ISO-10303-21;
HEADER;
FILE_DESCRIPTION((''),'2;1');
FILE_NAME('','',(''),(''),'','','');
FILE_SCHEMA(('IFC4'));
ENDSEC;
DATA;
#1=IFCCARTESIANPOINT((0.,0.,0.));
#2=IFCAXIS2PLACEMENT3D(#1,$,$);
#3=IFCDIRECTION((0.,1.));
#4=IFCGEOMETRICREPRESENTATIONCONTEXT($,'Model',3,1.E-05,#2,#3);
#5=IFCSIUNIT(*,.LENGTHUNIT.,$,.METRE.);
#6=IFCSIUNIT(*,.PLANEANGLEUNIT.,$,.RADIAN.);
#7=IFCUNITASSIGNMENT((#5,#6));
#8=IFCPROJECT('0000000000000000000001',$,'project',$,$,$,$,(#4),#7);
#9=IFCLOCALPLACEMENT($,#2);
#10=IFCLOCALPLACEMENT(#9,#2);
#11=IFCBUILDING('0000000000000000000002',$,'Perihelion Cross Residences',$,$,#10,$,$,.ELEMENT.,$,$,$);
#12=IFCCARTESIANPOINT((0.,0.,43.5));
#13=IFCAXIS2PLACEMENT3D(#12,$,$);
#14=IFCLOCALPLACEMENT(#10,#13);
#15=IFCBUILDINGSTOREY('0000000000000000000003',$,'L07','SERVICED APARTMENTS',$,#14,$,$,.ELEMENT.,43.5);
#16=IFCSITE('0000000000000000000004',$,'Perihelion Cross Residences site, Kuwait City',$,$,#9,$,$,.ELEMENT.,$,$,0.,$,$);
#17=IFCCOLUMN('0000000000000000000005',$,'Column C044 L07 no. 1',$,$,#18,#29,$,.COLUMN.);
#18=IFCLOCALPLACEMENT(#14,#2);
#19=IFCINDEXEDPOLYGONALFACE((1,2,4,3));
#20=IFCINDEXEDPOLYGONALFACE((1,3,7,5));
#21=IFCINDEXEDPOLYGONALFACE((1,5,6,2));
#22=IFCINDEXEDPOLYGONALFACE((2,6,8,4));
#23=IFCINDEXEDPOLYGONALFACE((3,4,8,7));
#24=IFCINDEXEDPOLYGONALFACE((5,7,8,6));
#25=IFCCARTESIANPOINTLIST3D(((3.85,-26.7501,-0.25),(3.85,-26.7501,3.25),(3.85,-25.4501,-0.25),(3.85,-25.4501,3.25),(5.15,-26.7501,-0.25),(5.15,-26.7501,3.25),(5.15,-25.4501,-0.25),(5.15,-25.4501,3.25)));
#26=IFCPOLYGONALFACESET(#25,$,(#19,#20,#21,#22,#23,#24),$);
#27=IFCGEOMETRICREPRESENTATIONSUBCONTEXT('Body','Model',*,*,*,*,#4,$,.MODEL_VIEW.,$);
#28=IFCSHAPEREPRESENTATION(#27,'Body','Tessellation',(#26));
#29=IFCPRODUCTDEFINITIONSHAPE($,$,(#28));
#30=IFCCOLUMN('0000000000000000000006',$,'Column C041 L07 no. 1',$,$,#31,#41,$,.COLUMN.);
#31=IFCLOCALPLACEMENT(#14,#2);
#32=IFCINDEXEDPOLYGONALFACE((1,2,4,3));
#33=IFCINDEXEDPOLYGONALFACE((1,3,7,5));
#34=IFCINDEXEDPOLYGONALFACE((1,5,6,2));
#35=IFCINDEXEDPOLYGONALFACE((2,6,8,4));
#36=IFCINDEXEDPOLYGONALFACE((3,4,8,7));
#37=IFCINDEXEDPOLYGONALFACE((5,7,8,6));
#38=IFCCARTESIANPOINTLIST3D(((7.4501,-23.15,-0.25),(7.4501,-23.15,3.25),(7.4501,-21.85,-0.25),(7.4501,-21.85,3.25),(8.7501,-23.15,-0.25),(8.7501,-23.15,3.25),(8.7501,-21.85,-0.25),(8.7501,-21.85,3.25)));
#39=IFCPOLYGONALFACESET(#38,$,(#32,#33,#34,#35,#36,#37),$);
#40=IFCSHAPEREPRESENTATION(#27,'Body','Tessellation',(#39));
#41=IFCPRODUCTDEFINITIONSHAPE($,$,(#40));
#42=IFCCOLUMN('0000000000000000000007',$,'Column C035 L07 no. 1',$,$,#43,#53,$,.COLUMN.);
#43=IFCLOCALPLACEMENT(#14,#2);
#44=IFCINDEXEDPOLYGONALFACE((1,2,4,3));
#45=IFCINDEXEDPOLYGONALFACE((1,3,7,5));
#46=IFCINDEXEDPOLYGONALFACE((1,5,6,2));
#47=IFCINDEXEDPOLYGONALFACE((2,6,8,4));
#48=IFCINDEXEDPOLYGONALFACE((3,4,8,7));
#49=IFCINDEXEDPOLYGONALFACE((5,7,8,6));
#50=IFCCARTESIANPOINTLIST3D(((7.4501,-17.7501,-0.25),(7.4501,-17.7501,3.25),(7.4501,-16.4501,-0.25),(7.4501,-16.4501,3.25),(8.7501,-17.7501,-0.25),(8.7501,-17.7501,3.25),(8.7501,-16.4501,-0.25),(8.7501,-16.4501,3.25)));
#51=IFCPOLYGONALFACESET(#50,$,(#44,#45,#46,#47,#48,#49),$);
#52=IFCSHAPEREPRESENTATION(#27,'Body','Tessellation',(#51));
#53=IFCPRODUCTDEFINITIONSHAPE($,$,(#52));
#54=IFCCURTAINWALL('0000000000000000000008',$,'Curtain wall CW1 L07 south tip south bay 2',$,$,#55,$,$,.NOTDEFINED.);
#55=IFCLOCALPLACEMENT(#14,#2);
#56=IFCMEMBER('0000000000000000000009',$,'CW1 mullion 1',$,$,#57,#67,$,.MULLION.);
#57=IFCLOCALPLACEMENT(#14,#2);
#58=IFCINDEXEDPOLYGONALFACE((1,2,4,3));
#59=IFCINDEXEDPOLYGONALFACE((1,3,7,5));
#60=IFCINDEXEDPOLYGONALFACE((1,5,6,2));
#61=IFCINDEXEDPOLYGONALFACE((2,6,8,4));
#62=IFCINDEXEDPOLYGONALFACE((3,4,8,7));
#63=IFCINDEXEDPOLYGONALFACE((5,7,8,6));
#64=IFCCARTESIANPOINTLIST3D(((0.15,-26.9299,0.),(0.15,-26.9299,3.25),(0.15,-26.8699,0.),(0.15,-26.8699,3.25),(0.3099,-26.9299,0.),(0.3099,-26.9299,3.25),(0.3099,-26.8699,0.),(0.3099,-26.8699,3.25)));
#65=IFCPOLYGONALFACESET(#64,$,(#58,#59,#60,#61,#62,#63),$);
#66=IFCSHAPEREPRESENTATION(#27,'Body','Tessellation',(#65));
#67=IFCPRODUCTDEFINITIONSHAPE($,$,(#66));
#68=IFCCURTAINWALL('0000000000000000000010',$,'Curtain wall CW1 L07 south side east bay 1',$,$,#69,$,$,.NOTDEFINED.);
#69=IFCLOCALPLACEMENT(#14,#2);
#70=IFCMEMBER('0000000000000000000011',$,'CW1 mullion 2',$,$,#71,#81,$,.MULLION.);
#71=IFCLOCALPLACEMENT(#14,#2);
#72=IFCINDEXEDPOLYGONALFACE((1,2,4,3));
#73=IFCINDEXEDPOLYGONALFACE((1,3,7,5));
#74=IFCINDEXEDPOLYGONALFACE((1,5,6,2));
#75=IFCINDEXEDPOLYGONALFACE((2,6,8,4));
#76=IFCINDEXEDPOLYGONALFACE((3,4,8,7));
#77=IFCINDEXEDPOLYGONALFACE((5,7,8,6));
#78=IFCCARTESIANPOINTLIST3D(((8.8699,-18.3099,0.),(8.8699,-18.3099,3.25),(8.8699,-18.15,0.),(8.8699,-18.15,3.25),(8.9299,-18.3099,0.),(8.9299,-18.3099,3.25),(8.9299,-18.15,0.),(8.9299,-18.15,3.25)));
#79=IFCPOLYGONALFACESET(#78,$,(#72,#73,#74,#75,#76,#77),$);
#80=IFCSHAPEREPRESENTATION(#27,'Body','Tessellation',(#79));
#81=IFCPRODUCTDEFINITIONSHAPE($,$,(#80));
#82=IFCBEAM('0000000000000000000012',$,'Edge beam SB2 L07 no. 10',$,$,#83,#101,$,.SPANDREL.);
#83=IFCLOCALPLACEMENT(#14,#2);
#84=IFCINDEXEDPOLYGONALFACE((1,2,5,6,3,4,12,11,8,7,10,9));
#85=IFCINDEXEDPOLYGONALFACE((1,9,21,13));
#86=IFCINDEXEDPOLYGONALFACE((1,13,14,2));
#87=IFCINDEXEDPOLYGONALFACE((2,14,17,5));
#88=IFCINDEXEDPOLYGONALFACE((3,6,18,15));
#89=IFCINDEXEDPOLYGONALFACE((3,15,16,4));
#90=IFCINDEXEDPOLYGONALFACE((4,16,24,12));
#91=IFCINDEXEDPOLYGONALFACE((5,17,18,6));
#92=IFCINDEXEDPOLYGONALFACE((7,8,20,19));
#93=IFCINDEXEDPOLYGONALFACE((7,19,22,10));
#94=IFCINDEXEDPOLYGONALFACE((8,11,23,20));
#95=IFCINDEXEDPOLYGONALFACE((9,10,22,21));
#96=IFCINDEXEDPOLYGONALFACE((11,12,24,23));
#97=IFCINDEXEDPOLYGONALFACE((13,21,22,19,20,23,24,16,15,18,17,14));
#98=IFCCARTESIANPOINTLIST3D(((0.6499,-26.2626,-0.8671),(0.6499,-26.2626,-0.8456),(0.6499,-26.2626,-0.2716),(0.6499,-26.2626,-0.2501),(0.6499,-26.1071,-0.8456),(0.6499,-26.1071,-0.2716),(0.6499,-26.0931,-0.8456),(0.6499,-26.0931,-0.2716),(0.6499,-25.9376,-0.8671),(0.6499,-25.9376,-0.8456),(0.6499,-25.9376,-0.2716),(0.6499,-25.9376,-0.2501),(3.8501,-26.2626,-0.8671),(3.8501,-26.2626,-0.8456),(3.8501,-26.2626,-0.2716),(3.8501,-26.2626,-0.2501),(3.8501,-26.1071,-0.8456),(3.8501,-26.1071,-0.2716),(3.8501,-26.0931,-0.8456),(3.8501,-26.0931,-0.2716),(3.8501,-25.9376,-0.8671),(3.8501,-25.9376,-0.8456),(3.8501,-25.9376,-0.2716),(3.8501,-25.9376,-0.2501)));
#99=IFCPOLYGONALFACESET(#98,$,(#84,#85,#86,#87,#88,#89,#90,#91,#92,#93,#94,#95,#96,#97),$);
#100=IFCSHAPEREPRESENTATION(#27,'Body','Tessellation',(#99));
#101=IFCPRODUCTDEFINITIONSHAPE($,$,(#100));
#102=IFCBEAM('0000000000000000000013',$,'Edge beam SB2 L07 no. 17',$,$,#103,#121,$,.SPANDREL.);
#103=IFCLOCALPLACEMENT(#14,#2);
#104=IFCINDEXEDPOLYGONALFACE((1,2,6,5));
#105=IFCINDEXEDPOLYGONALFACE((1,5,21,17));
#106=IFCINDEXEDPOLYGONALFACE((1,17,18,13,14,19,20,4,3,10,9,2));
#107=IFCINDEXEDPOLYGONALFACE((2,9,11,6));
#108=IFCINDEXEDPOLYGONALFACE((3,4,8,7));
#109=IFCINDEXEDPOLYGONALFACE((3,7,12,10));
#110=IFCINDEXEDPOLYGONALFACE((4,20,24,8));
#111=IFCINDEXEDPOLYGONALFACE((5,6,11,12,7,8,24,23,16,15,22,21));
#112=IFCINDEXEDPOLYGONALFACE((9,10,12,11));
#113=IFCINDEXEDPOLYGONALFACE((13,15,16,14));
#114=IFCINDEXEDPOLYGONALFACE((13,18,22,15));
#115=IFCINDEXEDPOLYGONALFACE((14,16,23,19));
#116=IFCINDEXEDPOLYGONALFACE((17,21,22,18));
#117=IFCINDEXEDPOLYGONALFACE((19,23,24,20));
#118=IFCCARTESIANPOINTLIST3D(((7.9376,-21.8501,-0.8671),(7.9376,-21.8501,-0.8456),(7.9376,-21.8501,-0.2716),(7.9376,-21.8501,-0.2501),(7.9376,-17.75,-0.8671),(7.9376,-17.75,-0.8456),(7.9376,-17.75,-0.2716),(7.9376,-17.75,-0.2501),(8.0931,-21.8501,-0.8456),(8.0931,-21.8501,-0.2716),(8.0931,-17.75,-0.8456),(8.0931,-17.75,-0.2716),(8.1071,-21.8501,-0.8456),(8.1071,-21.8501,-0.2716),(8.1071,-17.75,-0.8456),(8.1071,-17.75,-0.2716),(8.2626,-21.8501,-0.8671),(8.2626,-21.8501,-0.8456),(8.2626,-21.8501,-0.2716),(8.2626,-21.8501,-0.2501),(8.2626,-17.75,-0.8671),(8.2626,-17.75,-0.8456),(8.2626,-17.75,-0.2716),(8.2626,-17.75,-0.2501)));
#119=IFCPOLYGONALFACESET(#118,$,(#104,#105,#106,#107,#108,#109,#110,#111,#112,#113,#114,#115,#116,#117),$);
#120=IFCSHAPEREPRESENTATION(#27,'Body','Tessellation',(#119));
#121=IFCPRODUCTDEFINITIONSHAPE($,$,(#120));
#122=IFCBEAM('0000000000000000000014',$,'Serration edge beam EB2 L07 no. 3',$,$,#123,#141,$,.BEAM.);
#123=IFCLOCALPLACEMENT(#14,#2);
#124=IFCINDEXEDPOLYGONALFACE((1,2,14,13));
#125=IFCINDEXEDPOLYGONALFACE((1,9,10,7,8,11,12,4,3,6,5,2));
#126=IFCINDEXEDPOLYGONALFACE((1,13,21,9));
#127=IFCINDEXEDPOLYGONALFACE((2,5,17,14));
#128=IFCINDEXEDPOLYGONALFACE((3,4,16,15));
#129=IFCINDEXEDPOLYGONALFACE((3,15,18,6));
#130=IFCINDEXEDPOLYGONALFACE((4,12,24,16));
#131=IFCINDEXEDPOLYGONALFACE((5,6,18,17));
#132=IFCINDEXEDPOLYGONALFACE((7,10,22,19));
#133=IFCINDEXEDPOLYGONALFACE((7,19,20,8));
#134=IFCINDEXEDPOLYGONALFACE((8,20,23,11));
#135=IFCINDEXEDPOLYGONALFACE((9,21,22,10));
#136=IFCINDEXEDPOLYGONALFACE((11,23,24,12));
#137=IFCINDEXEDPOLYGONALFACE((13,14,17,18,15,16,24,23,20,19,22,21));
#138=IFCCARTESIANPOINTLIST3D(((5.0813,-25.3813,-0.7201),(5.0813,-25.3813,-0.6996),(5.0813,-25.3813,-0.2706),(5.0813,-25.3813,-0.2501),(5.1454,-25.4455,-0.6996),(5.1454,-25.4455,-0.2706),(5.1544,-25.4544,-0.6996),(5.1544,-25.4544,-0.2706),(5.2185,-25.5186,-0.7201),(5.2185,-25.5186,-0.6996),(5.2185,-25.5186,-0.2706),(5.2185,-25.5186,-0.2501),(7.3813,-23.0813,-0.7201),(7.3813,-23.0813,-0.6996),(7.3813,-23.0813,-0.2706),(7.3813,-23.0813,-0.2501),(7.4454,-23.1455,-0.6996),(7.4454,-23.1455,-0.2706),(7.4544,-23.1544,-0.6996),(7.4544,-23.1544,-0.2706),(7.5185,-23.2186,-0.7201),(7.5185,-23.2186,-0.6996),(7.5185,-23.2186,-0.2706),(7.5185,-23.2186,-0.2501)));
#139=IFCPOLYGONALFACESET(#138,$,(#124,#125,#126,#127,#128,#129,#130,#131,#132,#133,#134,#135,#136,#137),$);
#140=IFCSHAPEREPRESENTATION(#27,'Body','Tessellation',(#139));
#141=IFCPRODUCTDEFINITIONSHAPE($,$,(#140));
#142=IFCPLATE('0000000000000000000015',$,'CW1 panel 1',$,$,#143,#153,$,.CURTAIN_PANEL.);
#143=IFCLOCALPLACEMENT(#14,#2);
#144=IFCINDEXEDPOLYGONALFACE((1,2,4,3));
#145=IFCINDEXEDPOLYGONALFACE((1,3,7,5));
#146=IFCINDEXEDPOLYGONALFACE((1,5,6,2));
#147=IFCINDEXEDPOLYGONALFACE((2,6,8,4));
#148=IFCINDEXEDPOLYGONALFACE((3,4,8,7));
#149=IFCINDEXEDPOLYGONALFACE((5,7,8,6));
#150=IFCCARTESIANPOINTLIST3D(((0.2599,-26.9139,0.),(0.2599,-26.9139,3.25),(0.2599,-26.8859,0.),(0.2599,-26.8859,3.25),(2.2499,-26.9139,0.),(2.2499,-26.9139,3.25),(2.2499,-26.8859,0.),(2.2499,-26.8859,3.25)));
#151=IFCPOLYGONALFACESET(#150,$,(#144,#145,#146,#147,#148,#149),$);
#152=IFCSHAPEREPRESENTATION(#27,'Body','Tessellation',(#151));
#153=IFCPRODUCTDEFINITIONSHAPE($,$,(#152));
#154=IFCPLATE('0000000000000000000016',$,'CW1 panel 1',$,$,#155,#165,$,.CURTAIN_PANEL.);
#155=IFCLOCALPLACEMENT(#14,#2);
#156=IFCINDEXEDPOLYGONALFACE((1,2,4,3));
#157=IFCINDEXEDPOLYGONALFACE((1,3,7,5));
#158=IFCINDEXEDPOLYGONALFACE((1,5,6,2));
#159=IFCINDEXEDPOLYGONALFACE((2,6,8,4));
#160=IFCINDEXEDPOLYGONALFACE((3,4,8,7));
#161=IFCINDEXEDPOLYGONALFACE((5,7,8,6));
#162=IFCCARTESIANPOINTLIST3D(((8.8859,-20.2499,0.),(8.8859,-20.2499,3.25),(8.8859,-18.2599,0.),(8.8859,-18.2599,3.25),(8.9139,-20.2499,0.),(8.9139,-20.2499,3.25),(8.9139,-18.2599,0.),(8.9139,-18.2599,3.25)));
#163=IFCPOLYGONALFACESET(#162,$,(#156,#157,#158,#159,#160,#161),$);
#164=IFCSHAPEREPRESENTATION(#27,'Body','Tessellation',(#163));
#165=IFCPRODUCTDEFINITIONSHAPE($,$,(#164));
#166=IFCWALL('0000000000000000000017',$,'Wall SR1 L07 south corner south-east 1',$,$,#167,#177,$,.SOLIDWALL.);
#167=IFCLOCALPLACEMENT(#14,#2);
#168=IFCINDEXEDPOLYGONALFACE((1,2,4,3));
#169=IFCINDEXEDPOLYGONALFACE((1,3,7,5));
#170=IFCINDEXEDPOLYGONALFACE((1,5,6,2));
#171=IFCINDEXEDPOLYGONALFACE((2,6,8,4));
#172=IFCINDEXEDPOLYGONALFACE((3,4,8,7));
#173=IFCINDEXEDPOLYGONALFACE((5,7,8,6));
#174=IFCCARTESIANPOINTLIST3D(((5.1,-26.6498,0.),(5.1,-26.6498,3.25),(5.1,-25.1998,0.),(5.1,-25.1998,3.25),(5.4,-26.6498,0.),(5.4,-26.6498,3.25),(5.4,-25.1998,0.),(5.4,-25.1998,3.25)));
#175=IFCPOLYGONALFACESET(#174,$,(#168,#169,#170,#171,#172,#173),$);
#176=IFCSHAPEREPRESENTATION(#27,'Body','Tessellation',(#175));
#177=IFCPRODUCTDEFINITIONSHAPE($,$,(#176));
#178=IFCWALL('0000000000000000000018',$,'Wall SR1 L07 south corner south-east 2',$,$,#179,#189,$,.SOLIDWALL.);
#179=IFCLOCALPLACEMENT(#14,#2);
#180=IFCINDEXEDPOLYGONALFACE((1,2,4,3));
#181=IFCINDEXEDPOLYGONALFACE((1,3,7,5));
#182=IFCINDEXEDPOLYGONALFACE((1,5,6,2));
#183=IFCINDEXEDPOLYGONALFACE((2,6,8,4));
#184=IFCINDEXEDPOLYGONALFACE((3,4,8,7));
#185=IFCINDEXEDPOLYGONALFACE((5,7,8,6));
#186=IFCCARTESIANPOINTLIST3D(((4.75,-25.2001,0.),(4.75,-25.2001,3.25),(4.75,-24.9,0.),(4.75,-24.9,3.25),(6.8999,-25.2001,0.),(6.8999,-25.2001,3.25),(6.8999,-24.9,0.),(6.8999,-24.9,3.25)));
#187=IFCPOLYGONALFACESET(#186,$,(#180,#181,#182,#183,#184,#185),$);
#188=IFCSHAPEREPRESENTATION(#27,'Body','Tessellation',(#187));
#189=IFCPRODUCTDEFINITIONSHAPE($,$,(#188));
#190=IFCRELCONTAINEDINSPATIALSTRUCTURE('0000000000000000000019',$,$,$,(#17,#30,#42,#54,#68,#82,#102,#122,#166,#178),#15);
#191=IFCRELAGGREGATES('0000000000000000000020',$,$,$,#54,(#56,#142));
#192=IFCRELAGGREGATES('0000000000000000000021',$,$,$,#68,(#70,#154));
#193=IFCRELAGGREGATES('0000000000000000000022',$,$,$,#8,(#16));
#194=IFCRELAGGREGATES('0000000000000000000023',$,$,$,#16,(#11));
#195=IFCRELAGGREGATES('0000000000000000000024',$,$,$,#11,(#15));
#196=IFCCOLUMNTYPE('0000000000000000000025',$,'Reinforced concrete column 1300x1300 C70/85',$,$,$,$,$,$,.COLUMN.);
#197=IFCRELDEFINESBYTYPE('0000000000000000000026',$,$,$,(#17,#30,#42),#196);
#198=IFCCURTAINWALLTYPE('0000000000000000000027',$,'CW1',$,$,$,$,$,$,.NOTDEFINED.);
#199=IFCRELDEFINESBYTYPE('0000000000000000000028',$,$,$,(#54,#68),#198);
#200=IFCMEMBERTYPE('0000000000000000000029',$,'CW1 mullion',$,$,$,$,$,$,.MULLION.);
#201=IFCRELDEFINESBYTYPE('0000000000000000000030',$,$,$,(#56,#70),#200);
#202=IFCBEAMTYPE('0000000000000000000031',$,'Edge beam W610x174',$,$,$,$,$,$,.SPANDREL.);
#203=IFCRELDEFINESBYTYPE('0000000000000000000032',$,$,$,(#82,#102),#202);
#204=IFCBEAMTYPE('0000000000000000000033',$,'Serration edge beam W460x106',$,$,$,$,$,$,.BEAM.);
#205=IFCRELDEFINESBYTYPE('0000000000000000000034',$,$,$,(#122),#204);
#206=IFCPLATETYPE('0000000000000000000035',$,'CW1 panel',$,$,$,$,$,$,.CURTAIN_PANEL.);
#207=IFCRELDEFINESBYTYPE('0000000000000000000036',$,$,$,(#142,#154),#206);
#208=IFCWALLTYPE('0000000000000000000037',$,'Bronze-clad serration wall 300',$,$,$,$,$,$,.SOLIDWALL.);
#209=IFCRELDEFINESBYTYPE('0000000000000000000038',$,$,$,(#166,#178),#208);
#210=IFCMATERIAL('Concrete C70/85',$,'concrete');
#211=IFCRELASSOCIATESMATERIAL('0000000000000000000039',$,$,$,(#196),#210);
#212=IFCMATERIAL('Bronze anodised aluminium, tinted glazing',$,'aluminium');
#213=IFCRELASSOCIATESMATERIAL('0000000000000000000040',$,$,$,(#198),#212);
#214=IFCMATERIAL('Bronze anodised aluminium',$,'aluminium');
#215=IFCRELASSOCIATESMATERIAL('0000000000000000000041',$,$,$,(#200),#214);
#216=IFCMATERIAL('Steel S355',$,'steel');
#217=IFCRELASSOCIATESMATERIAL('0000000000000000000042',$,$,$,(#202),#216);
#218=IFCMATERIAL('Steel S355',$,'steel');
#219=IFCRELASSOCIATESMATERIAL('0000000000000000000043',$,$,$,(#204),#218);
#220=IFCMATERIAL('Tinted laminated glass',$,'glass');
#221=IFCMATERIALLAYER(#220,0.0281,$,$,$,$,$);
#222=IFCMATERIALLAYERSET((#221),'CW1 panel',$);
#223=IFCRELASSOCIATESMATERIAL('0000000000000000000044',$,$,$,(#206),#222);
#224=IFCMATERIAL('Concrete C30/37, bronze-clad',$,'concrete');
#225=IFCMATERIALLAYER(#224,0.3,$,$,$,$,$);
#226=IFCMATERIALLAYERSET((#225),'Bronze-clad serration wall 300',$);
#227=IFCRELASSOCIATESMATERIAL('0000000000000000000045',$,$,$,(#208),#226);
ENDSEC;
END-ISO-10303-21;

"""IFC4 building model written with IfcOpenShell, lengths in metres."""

from ifc_helpers import new_model, si_unit, direction, frame, frame_2d, origin, origin_2d, place, context, subcontext, project, spatial, rectangle, i_section, extrude, material, layer, layer_set, material_profile, profile_set, type_object, element, aggregate, save


model = new_model("IFC4")

# Units and contexts
model_context = context("Model", 3, precision=1e-05, world=origin(), true_north=direction((0.0, 1.0)))
body_context = subcontext(model_context, "Body", "Model", "MODEL_VIEW")
ifc_project = project(units=[si_unit("LENGTHUNIT", "METRE"), si_unit("PLANEANGLEUNIT", "RADIAN")], contexts=[model_context])

# Site, building, storey
site_placement = place(None, origin())
site = spatial("IfcSite", under=ifc_project, at=site_placement, Name="Perihelion Cross Residences site, Kuwait City", CompositionType="ELEMENT", RefElevation=0.0)
building_placement = place(site_placement, origin())
building = spatial("IfcBuilding", under=site, at=building_placement, Name="Perihelion Cross Residences", CompositionType="ELEMENT")
storey_placement = place(building_placement, frame((0.0, 0.0, 43.5)))
storey = spatial("IfcBuildingStorey", under=building, at=storey_placement, Name="L07", Description="SERVICED APARTMENTS", CompositionType="ELEMENT", Elevation=43.5)

# Columns
ifc_material_1 = material(Name="Concrete C70/85", Category="concrete")
ifc_material_profile_1 = material_profile(ifc_material_1, rectangle(XDim=1.3, YDim=1.3, at=origin_2d()), Name="RC 1300x1300")
ifc_profile_set_1 = profile_set([ifc_material_profile_1], Name="Concrete C70/85")
column_type = type_object("IfcColumnType", Name="Reinforced concrete column 1300x1300 C70/85", PredefinedType="COLUMN", material=ifc_profile_set_1)
for number, where, z_axis, x_axis, name in (
    (1, (4.5, -26.1001, -0.25), (0.0, 0.0, 1.0), (1.0, 0.0, 0.0), "Column C044 L07 no. 1"),
    (2, (8.1001, -22.5, -0.25), (0.0, 0.0, 1.0), (1.0, 0.0, 0.0), "Column C041 L07 no. 1"),
    (3, (8.1001, -17.1001, -0.25), (0.0, 0.0, 1.0), (1.0, 0.0, 0.0), "Column C035 L07 no. 1"),
):
    element("IfcColumn", number, at=place(storey_placement, frame(where, z_axis=z_axis, x_axis=x_axis)), inside=storey, type_object=column_type, Name=name, PredefinedType="COLUMN", context=body_context, shape_type="SweptSolid", body=[
        extrude(rectangle(XDim=1.3, YDim=1.3, at=origin_2d()), origin(), (0.0, 0.0, 1.0), 3.5),
    ])

# Curtain walls, members
ifc_material_2 = material(Name="Bronze anodised aluminium, tinted glazing", Category="aluminium")
curtain_wall_type = type_object("IfcCurtainWallType", Name="CW1", PredefinedType="NOTDEFINED", material=ifc_material_2)
curtain_wall_1_placement = place(storey_placement, origin())
curtain_wall_1 = element("IfcCurtainWall", 4, at=curtain_wall_1_placement, inside=storey, type_object=curtain_wall_type, Name="Curtain wall CW1 L07 south tip south bay 2", PredefinedType="NOTDEFINED")
ifc_material_3 = material(Name="Bronze anodised aluminium", Category="aluminium")
ifc_material_profile_2 = material_profile(ifc_material_3, rectangle(XDim=0.0601, YDim=0.1599, at=origin_2d()), Name="CW1 mullion")
ifc_profile_set_2 = profile_set([ifc_material_profile_2], Name="Bronze anodised aluminium")
member_type = type_object("IfcMemberType", Name="CW1 mullion", PredefinedType="MULLION", material=ifc_profile_set_2)
member_1_placement = place(storey_placement, frame((0.23, -26.8999, 0.0), z_axis=(0.0, 0.0, 1.0), x_axis=(0.0, 1.0, 0.0)))
member_1 = element("IfcMember", 5, at=member_1_placement, type_object=member_type, Name="CW1 mullion 1", PredefinedType="MULLION", context=body_context, shape_type="SweptSolid", body=[
    extrude(rectangle(XDim=0.0601, YDim=0.1599, at=origin_2d()), origin(), (0.0, 0.0, 1.0), 3.25),
])
curtain_wall_2_placement = place(storey_placement, origin())
curtain_wall_2 = element("IfcCurtainWall", 6, at=curtain_wall_2_placement, inside=storey, type_object=curtain_wall_type, Name="Curtain wall CW1 L07 south side east bay 1", PredefinedType="NOTDEFINED")
member_2_placement = place(storey_placement, frame((8.8999, -18.23, 0.0), z_axis=(0.0, 0.0, 1.0), x_axis=(-1.0, 0.0, 0.0)))
member_2 = element("IfcMember", 7, at=member_2_placement, type_object=member_type, Name="CW1 mullion 2", PredefinedType="MULLION", context=body_context, shape_type="SweptSolid", body=[
    extrude(rectangle(XDim=0.0601, YDim=0.1599, at=origin_2d()), origin(), (0.0, 0.0, 1.0), 3.25),
])

# Beams
ifc_material_4 = material(Name="Steel S355", Category="steel")
ifc_material_profile_3 = material_profile(ifc_material_4, i_section(OverallWidth=0.325, OverallDepth=0.6169, WebThickness=0.0139, FlangeThickness=0.0215, at=origin_2d()), Name="W610x174")
ifc_profile_set_3 = profile_set([ifc_material_profile_3], Name="Steel S355")
beam_type_1 = type_object("IfcBeamType", Name="Edge beam W610x174", PredefinedType="SPANDREL", material=ifc_profile_set_3)
beam_1_placement = place(storey_placement, frame((0.6499, -26.1001, -0.5586), z_axis=(1.0, 0.0, 0.0), x_axis=(0.0, 1.0, 0.0)))
element("IfcBeam", 8, at=beam_1_placement, inside=storey, type_object=beam_type_1, Name="Edge beam SB2 L07 no. 10", PredefinedType="SPANDREL", context=body_context, shape_type="SweptSolid", body=[
    extrude(i_section(OverallWidth=0.325, OverallDepth=0.6169, WebThickness=0.0139, FlangeThickness=0.0215, at=origin_2d()), origin(), (0.0, 0.0, 1.0), 3.2002),
])
beam_2_placement = place(storey_placement, frame((8.1001, -21.8501, -0.5586), z_axis=(0.0, 1.0, 0.0), x_axis=(-1.0, 0.0, 0.0)))
element("IfcBeam", 9, at=beam_2_placement, inside=storey, type_object=beam_type_1, Name="Edge beam SB2 L07 no. 17", PredefinedType="SPANDREL", context=body_context, shape_type="SweptSolid", body=[
    extrude(i_section(OverallWidth=0.325, OverallDepth=0.6169, WebThickness=0.0139, FlangeThickness=0.0215, at=origin_2d()), origin(), (0.0, 0.0, 1.0), 4.1001),
])
ifc_material_5 = material(Name="Steel S355", Category="steel")
ifc_material_profile_4 = material_profile(ifc_material_5, i_section(OverallWidth=0.1941, OverallDepth=0.47, WebThickness=0.0127, FlangeThickness=0.0205, at=origin_2d()), Name="W460x106")
ifc_profile_set_4 = profile_set([ifc_material_profile_4], Name="Steel S355")
beam_type_2 = type_object("IfcBeamType", Name="Serration edge beam W460x106", PredefinedType="BEAM", material=ifc_profile_set_4)
beam_3_placement = place(storey_placement, frame((5.1499, -25.45, -0.4851), z_axis=(0.707107, 0.707107, 0.0), x_axis=(-0.707107, 0.707107, 0.0)))
element("IfcBeam", 10, at=beam_3_placement, inside=storey, type_object=beam_type_2, Name="Serration edge beam EB2 L07 no. 3", PredefinedType="BEAM", context=body_context, shape_type="SweptSolid", body=[
    extrude(i_section(OverallWidth=0.1941, OverallDepth=0.47, WebThickness=0.0127, FlangeThickness=0.0205, at=origin_2d()), origin(), (0.0, 0.0, 1.0), 3.2527),
])

# Plates
ifc_material_6 = material(Name="Tinted laminated glass", Category="glass")
ifc_layer_1 = layer(ifc_material_6, 0.0281)
ifc_layer_set_1 = layer_set([ifc_layer_1], Name="CW1 panel")
plate_type = type_object("IfcPlateType", Name="CW1 panel", PredefinedType="CURTAIN_PANEL", material=ifc_layer_set_1)
plate_1_placement = place(storey_placement, frame((1.2549, -26.8999, 0.0), z_axis=(0.0, 0.0, 1.0), x_axis=(1.0, 0.0, 0.0)))
plate_1 = element("IfcPlate", 11, at=plate_1_placement, type_object=plate_type, Name="CW1 panel 1", PredefinedType="CURTAIN_PANEL", context=body_context, shape_type="SweptSolid", body=[
    extrude(rectangle(XDim=1.99, YDim=0.0281, at=origin_2d()), origin(), (0.0, 0.0, 1.0), 3.25),
])
aggregate(curtain_wall_1, [member_1, plate_1])
plate_2_placement = place(storey_placement, frame((8.8999, -19.2549, 0.0), z_axis=(0.0, 0.0, 1.0), x_axis=(0.0, 1.0, 0.0)))
plate_2 = element("IfcPlate", 12, at=plate_2_placement, type_object=plate_type, Name="CW1 panel 1", PredefinedType="CURTAIN_PANEL", context=body_context, shape_type="SweptSolid", body=[
    extrude(rectangle(XDim=1.99, YDim=0.0281, at=origin_2d()), origin(), (0.0, 0.0, 1.0), 3.25),
])
aggregate(curtain_wall_2, [member_2, plate_2])

# Walls
ifc_material_7 = material(Name="Concrete C30/37, bronze-clad", Category="concrete")
ifc_layer_2 = layer(ifc_material_7, 0.3)
ifc_layer_set_2 = layer_set([ifc_layer_2], Name="Bronze-clad serration wall 300")
wall_type_1 = type_object("IfcWallType", Name="Bronze-clad serration wall 300", PredefinedType="SOLIDWALL", material=ifc_layer_set_2)
wall_1_placement = place(storey_placement, frame((5.25, -26.6499, 0.0), z_axis=(0.0, 0.0, 1.0), x_axis=(0.0, 1.0, 0.0)))
element("IfcWall", 13, at=wall_1_placement, inside=storey, type_object=wall_type_1, Name="Wall SR1 L07 south corner south-east 1", PredefinedType="SOLIDWALL", context=body_context, shape_type="SweptSolid", body=[
    extrude(rectangle(XDim=1.45, YDim=0.3, at=frame_2d((0.7251, 0.0))), origin(), (0.0, 0.0, 1.0), 3.25),
])
wall_2_placement = place(storey_placement, frame((4.75, -25.05, 0.0), z_axis=(0.0, 0.0, 1.0), x_axis=(1.0, 0.0, 0.0)))
element("IfcWall", 14, at=wall_2_placement, inside=storey, type_object=wall_type_1, Name="Wall SR1 L07 south corner south-east 2", PredefinedType="SOLIDWALL", context=body_context, shape_type="SweptSolid", body=[
    extrude(rectangle(XDim=2.1499, YDim=0.3, at=frame_2d((1.075, 0.0))), origin(), (0.0, 0.0, 1.0), 3.25),
])

save(model, "model.ifc")
